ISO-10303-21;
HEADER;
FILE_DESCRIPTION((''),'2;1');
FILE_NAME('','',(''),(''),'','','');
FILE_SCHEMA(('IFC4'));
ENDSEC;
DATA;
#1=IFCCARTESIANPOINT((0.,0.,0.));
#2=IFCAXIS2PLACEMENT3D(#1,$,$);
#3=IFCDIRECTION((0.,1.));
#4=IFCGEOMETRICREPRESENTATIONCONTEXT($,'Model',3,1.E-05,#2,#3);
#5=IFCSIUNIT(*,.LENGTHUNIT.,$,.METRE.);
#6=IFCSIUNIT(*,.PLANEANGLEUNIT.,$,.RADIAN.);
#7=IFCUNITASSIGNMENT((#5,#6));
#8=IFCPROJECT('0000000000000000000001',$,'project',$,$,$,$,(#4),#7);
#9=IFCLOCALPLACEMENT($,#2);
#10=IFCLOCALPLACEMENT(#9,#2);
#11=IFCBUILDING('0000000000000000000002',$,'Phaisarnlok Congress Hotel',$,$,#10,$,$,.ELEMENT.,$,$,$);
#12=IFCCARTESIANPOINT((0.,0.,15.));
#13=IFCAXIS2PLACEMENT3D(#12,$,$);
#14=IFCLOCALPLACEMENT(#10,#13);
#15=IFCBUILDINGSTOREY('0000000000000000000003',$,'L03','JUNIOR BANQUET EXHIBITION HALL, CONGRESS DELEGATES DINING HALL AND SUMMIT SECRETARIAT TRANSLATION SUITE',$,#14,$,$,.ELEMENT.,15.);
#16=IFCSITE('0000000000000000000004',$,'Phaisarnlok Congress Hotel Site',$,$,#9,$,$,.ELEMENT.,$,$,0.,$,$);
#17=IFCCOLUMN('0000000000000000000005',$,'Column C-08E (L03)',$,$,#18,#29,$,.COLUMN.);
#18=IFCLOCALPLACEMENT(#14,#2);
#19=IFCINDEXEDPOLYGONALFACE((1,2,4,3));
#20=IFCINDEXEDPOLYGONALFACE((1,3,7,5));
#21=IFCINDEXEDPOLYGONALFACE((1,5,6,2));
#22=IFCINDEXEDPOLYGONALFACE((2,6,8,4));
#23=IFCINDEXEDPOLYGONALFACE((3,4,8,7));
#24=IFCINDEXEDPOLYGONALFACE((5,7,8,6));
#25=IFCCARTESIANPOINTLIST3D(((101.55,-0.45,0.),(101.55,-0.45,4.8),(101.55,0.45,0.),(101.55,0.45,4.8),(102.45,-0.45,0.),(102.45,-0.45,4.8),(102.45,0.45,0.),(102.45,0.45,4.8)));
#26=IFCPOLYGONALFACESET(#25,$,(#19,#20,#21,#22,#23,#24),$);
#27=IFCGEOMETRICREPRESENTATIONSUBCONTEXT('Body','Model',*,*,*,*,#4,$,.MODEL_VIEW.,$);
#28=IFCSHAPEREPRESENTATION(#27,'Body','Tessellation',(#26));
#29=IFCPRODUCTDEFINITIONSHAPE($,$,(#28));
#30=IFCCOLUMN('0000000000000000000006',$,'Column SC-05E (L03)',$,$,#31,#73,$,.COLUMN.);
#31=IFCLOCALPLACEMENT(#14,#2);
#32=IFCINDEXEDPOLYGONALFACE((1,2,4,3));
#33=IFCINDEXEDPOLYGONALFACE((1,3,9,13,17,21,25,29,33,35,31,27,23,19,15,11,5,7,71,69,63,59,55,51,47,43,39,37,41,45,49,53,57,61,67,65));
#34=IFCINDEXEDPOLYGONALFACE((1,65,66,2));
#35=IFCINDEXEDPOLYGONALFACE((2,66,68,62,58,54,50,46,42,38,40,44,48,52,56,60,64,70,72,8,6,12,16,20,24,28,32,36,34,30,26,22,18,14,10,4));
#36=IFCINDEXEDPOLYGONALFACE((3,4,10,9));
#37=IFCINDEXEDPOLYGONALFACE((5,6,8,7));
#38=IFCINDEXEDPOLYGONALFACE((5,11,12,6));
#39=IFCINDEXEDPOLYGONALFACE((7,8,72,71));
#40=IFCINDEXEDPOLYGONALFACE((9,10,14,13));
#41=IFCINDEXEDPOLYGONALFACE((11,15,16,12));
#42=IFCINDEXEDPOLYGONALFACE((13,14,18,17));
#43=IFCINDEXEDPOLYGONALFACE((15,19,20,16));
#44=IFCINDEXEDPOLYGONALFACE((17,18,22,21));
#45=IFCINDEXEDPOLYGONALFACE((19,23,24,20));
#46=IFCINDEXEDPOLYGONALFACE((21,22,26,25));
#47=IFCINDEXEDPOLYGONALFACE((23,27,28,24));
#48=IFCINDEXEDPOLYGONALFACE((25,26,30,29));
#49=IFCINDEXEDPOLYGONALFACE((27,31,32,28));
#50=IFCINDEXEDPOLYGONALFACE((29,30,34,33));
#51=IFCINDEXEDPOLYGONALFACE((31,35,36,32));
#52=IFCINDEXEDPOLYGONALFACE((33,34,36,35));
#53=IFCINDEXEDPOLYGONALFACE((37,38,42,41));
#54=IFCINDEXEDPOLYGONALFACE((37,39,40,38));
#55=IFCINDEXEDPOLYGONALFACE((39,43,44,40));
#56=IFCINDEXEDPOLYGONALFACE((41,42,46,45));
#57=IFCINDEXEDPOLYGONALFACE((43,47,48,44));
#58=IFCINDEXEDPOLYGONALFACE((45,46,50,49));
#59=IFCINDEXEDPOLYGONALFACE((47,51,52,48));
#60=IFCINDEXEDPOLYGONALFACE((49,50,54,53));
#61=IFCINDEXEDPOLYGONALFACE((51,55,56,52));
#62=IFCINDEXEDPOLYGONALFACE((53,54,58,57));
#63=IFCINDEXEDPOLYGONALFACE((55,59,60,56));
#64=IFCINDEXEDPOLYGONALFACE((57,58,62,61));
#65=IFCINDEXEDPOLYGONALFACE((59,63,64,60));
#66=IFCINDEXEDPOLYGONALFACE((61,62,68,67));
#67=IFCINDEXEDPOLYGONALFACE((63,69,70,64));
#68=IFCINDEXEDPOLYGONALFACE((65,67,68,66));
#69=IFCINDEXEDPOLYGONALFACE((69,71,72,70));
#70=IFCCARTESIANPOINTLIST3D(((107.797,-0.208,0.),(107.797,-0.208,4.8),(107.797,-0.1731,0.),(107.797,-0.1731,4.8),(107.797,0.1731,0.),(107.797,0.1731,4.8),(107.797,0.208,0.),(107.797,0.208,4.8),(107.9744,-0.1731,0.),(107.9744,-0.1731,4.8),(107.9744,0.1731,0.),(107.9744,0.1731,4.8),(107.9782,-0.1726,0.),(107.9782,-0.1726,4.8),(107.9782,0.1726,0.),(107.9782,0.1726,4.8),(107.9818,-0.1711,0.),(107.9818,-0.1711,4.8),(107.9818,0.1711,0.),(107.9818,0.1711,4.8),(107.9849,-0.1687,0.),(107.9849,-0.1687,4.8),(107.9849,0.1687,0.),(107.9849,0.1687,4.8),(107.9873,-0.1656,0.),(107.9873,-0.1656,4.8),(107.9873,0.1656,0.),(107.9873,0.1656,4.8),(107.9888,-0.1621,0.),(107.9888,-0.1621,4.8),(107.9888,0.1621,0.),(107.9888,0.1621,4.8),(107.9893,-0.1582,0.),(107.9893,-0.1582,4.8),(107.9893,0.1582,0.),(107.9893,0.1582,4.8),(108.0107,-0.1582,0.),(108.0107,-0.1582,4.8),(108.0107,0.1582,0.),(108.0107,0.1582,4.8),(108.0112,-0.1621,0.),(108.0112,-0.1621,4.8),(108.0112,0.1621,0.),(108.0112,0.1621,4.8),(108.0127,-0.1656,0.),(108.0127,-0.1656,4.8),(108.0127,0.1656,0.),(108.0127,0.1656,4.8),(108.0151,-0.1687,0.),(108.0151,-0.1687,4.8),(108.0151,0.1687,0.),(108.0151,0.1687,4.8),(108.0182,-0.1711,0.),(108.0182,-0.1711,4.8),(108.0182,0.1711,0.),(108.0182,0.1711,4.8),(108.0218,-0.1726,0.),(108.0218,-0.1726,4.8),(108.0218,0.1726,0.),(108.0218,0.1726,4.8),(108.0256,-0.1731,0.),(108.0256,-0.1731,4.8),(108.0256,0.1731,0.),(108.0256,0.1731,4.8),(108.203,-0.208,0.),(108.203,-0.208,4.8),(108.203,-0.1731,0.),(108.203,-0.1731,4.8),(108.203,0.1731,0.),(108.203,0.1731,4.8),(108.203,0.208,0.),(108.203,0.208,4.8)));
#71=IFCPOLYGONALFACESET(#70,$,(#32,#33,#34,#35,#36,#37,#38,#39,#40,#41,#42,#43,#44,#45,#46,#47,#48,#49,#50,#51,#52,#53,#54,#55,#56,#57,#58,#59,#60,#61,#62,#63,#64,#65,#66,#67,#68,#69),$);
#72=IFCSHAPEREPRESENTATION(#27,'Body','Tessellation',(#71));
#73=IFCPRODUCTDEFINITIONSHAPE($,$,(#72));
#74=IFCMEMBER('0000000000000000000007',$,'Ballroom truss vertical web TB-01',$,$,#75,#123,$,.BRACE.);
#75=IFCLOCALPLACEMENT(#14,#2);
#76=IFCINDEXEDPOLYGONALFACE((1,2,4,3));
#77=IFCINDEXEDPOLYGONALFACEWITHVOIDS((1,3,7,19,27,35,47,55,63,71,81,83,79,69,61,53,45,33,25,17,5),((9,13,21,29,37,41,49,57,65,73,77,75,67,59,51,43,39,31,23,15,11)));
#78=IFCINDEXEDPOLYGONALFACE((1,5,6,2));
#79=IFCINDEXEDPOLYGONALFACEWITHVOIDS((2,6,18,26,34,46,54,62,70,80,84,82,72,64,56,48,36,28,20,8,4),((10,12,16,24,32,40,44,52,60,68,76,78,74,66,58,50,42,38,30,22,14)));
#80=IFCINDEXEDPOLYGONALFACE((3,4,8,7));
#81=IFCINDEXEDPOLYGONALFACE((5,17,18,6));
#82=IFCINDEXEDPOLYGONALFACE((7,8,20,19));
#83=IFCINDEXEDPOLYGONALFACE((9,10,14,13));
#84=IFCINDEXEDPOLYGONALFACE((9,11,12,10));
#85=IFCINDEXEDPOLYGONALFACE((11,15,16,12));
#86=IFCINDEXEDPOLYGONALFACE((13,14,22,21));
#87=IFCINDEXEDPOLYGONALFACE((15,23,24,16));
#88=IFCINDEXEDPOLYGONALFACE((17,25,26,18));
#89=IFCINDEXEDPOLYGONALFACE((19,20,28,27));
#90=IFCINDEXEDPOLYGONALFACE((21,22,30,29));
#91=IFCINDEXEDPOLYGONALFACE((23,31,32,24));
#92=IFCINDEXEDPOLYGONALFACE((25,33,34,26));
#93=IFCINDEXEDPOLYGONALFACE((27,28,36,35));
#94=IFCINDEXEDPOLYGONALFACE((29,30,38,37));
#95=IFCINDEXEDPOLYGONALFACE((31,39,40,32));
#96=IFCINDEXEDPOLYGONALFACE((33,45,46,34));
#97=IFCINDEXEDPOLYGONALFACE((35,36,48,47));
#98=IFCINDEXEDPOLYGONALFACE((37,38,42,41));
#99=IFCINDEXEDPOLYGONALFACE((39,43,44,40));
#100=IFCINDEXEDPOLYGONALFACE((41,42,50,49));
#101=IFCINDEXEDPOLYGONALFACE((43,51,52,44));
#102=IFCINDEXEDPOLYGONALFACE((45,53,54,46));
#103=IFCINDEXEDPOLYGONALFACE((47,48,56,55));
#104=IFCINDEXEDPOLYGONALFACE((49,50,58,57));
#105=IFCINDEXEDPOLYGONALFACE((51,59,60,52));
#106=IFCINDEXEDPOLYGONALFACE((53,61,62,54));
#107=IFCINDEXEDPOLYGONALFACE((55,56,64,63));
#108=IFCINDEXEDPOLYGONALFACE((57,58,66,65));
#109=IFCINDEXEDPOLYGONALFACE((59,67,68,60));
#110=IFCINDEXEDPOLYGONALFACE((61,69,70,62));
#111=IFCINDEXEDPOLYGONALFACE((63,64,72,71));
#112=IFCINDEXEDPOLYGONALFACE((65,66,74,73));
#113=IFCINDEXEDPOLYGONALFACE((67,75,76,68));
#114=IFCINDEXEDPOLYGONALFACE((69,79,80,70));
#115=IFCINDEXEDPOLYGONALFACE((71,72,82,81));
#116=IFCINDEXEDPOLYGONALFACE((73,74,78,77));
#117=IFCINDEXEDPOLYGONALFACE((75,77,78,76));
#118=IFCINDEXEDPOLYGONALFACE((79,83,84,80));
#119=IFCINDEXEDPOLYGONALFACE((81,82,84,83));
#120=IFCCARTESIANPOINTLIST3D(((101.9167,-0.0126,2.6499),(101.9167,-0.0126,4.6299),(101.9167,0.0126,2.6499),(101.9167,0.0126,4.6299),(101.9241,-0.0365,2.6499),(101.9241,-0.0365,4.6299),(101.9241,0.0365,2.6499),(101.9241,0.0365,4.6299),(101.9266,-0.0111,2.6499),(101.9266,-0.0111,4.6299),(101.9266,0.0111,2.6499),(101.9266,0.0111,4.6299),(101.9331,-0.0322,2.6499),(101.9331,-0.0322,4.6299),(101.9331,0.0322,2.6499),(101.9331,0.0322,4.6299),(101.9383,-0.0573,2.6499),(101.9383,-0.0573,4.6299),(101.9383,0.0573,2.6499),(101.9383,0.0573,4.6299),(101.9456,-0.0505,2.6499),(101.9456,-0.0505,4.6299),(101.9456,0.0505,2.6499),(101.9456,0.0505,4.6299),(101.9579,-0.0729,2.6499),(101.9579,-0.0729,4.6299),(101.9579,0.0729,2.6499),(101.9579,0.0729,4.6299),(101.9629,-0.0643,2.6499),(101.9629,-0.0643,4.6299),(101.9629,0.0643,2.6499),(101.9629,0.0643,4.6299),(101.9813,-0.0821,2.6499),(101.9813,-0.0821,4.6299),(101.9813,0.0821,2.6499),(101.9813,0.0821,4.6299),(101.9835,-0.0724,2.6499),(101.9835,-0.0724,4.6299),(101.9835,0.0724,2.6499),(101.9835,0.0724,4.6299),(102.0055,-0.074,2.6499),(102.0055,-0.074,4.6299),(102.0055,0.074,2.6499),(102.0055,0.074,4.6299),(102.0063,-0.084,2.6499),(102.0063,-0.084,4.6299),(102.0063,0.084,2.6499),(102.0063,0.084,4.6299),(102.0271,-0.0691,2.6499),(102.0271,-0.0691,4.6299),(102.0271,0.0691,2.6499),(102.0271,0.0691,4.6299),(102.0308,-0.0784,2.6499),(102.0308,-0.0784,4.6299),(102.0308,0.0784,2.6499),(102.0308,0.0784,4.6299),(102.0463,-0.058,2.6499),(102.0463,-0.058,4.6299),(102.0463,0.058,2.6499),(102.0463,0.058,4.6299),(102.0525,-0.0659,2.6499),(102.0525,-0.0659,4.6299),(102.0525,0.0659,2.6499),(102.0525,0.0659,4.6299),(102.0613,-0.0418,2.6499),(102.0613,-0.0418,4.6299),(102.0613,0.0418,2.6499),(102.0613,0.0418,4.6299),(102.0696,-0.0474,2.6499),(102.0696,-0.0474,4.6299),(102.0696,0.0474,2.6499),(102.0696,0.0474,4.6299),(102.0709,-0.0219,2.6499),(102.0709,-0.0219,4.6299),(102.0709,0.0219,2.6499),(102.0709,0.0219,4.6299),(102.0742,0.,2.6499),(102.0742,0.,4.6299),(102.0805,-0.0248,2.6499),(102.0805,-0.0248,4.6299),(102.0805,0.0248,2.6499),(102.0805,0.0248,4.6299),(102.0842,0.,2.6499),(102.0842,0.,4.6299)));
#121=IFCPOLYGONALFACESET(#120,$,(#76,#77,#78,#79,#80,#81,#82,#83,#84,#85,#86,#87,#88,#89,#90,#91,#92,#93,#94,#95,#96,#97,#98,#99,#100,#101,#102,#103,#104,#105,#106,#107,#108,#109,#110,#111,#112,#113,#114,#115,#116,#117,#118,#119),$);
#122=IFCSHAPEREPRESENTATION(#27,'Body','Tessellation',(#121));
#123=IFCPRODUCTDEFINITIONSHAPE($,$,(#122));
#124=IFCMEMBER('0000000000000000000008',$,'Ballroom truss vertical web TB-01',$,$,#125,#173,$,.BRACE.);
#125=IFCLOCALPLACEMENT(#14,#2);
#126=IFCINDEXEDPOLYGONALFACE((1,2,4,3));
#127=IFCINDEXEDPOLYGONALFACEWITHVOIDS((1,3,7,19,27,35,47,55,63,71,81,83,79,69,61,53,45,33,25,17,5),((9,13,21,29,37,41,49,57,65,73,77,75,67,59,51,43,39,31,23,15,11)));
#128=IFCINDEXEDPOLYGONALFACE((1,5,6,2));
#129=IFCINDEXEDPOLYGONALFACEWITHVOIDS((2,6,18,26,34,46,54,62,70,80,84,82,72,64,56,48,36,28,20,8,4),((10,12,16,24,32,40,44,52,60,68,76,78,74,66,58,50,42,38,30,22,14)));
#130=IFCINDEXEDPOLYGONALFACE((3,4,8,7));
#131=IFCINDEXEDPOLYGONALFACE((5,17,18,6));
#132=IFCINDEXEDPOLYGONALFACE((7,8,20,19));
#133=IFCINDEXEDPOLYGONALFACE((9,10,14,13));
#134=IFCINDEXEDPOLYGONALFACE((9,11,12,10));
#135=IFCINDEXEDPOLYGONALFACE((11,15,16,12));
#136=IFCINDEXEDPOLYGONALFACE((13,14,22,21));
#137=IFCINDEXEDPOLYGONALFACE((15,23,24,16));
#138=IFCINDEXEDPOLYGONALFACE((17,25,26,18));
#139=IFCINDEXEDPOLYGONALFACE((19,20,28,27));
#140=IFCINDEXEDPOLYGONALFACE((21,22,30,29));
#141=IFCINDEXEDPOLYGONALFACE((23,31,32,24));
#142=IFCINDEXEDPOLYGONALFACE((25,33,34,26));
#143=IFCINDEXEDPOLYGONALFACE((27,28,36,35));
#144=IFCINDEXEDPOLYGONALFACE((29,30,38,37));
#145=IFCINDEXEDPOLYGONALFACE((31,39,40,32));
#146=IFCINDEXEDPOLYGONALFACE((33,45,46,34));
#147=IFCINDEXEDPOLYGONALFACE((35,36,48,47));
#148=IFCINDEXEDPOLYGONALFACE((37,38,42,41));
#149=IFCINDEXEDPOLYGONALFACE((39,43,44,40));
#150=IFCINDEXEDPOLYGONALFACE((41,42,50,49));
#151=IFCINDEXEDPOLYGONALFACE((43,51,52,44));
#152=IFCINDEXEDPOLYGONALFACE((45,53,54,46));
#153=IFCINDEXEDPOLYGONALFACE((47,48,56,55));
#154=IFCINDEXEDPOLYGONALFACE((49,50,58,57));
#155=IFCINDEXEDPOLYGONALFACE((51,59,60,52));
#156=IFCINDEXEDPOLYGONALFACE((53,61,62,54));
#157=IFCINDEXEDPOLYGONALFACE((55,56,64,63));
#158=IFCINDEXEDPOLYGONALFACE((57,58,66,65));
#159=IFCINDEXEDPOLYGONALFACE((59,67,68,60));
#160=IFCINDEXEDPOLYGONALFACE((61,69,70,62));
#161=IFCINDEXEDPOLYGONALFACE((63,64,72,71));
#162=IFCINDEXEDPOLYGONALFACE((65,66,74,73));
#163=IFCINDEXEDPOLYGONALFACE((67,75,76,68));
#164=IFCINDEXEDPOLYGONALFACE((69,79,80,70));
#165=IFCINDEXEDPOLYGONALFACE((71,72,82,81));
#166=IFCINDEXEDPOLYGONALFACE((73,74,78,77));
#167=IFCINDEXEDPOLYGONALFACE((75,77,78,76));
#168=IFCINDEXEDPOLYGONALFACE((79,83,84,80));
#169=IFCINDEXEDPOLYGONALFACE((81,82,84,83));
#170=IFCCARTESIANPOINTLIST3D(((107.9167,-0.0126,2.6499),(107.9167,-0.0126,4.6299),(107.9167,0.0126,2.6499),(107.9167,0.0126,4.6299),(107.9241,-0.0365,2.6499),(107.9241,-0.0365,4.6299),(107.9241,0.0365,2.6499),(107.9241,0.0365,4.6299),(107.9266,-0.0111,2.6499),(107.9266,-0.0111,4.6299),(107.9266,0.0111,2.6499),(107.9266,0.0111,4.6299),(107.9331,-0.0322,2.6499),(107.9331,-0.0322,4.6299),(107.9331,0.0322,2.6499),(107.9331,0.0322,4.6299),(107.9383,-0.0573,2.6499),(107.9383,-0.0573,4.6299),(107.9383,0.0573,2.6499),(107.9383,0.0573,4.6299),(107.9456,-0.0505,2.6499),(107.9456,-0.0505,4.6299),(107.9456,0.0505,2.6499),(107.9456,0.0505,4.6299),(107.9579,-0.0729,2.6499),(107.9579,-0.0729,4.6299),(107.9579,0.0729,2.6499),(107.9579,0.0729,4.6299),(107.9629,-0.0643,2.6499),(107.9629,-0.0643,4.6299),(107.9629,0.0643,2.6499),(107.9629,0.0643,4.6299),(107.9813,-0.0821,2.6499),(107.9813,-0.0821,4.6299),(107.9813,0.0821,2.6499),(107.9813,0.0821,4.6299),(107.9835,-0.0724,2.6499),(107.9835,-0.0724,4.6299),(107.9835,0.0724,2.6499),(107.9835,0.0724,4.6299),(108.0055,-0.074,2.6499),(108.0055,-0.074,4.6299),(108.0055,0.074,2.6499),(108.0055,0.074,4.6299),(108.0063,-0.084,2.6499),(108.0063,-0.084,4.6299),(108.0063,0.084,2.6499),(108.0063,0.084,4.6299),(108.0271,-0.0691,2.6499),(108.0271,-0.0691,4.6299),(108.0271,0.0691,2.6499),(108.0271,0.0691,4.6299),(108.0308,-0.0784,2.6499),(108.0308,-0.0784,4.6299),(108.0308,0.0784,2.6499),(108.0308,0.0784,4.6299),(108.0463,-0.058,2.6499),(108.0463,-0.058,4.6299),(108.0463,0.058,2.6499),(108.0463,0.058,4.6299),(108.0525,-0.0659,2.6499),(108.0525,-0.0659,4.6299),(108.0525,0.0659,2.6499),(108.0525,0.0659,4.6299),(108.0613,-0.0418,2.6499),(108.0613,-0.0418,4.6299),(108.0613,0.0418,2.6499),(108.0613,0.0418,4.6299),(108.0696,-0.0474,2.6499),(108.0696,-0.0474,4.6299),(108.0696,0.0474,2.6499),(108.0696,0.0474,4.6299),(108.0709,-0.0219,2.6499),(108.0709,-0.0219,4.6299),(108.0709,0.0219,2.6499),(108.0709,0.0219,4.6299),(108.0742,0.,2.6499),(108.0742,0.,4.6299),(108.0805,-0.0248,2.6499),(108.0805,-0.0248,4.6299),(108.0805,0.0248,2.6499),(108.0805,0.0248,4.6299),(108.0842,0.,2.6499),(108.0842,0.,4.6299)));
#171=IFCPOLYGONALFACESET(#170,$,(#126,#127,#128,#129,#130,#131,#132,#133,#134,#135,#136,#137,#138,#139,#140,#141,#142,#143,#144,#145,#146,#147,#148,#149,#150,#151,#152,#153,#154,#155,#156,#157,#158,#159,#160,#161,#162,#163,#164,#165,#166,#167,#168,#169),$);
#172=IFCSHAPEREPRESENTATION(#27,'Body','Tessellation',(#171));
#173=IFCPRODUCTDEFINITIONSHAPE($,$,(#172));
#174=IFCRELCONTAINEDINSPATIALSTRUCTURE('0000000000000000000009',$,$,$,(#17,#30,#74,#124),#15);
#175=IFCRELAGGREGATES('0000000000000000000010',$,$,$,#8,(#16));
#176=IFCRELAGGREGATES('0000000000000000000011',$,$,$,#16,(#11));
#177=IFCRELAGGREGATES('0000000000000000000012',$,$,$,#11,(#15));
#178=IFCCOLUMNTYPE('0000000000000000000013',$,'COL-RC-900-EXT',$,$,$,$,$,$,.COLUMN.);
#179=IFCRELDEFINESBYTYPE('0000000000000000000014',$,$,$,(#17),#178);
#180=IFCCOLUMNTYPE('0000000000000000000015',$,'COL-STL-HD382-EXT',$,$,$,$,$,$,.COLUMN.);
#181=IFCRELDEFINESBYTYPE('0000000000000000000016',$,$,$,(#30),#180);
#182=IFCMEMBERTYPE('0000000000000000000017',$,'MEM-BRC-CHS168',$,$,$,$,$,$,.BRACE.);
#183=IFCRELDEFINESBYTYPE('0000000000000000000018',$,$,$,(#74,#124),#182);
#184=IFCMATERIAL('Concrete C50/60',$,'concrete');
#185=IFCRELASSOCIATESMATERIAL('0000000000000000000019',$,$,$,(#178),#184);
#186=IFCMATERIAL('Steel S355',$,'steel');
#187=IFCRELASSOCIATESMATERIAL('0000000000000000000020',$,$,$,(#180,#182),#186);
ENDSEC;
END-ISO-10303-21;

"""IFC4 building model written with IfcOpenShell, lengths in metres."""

from ifc_helpers import new_model, si_unit, direction, frame, origin, origin_2d, place, context, subcontext, project, spatial, rectangle, hollow_circle, i_section, extrude, material, material_profile, profile_set, type_object, element, save


model = new_model("IFC4")

# Units and contexts
model_context = context("Model", 3, precision=1e-05, world=origin(), true_north=direction((0.0, 1.0)))
body_context = subcontext(model_context, "Body", "Model", "MODEL_VIEW")
ifc_project = project(units=[si_unit("LENGTHUNIT", "METRE"), si_unit("PLANEANGLEUNIT", "RADIAN")], contexts=[model_context])

# Site, building, storey
site_placement = place(None, origin())
site = spatial("IfcSite", under=ifc_project, at=site_placement, Name="Phaisarnlok Congress Hotel Site", CompositionType="ELEMENT", RefElevation=0.0)
building_placement = place(site_placement, origin())
building = spatial("IfcBuilding", under=site, at=building_placement, Name="Phaisarnlok Congress Hotel", CompositionType="ELEMENT")
storey_placement = place(building_placement, frame((0.0, 0.0, 15.0)))
storey = spatial("IfcBuildingStorey", under=building, at=storey_placement, Name="L03", Description="JUNIOR BANQUET EXHIBITION HALL, CONGRESS DELEGATES DINING HALL AND SUMMIT SECRETARIAT TRANSLATION SUITE", CompositionType="ELEMENT", Elevation=15.0)

# Columns
ifc_material_1 = material(Name="Concrete C50/60", Category="concrete")
ifc_material_profile_1 = material_profile(ifc_material_1, rectangle(XDim=0.8999, YDim=0.8999, at=origin_2d()), Name="RC 900x900")
ifc_profile_set_1 = profile_set([ifc_material_profile_1], Name="Concrete C50/60")
column_type_1 = type_object("IfcColumnType", Name="COL-RC-900-EXT", PredefinedType="COLUMN", material=ifc_profile_set_1)
column_1_placement = place(storey_placement, frame((102.0, 0.0, 0.0), z_axis=(0.0, 0.0, 1.0), x_axis=(1.0, 0.0, 0.0)))
element("IfcColumn", 1, at=column_1_placement, inside=storey, type_object=column_type_1, Name="Column C-08E (L03)", PredefinedType="COLUMN", context=body_context, shape_type="SweptSolid", body=[
    extrude(rectangle(XDim=0.8999, YDim=0.8999, at=origin_2d()), origin(), (0.0, 0.0, 1.0), 4.8),
])
ifc_material_2 = material(Name="Steel S355", Category="steel")
ifc_material_profile_2 = material_profile(ifc_material_2, i_section(OverallWidth=0.406, OverallDepth=0.416, WebThickness=0.0215, FlangeThickness=0.0349, FilletRadius=0.0149, at=origin_2d()), Name="HD 400x382")
ifc_profile_set_2 = profile_set([ifc_material_profile_2], Name="Steel S355")
column_type_2 = type_object("IfcColumnType", Name="COL-STL-HD382-EXT", PredefinedType="COLUMN", material=ifc_profile_set_2)
column_2_placement = place(storey_placement, frame((108.0, 0.0, 0.0), z_axis=(0.0, 0.0, 1.0), x_axis=(1.0, 0.0, 0.0)))
element("IfcColumn", 2, at=column_2_placement, inside=storey, type_object=column_type_2, Name="Column SC-05E (L03)", PredefinedType="COLUMN", context=body_context, shape_type="SweptSolid", body=[
    extrude(i_section(OverallWidth=0.406, OverallDepth=0.416, WebThickness=0.0215, FlangeThickness=0.0349, FilletRadius=0.0149, at=origin_2d()), origin(), (0.0, 0.0, 1.0), 4.8),
])

# Members
ifc_material_profile_3 = material_profile(ifc_material_2, hollow_circle(Radius=0.0842, WallThickness=0.01, at=origin_2d()), Name="CHS 168.3x10")
ifc_profile_set_3 = profile_set([ifc_material_profile_3], Name="Steel S355")
member_type_1 = type_object("IfcMemberType", Name="MEM-BRC-CHS168", PredefinedType="BRACE", material=ifc_profile_set_3)
for number, where, z_axis, x_axis, name in (
    (3, (102.0, 0.0, 2.6499), (0.0, 0.0, 1.0), (1.0, 0.0, 0.0), "Ballroom truss vertical web TB-01"),
    (4, (108.0, 0.0, 2.6499), (0.0, 0.0, 1.0), (1.0, 0.0, 0.0), "Ballroom truss vertical web TB-01"),
):
    element("IfcMember", number, at=place(storey_placement, frame(where, z_axis=z_axis, x_axis=x_axis)), inside=storey, type_object=member_type_1, Name=name, PredefinedType="BRACE", context=body_context, shape_type="SweptSolid", body=[
        extrude(hollow_circle(Radius=0.0842, WallThickness=0.01, at=origin_2d()), origin(), (0.0, 0.0, 1.0), 1.98),
    ])

save(model, "model.ifc")
